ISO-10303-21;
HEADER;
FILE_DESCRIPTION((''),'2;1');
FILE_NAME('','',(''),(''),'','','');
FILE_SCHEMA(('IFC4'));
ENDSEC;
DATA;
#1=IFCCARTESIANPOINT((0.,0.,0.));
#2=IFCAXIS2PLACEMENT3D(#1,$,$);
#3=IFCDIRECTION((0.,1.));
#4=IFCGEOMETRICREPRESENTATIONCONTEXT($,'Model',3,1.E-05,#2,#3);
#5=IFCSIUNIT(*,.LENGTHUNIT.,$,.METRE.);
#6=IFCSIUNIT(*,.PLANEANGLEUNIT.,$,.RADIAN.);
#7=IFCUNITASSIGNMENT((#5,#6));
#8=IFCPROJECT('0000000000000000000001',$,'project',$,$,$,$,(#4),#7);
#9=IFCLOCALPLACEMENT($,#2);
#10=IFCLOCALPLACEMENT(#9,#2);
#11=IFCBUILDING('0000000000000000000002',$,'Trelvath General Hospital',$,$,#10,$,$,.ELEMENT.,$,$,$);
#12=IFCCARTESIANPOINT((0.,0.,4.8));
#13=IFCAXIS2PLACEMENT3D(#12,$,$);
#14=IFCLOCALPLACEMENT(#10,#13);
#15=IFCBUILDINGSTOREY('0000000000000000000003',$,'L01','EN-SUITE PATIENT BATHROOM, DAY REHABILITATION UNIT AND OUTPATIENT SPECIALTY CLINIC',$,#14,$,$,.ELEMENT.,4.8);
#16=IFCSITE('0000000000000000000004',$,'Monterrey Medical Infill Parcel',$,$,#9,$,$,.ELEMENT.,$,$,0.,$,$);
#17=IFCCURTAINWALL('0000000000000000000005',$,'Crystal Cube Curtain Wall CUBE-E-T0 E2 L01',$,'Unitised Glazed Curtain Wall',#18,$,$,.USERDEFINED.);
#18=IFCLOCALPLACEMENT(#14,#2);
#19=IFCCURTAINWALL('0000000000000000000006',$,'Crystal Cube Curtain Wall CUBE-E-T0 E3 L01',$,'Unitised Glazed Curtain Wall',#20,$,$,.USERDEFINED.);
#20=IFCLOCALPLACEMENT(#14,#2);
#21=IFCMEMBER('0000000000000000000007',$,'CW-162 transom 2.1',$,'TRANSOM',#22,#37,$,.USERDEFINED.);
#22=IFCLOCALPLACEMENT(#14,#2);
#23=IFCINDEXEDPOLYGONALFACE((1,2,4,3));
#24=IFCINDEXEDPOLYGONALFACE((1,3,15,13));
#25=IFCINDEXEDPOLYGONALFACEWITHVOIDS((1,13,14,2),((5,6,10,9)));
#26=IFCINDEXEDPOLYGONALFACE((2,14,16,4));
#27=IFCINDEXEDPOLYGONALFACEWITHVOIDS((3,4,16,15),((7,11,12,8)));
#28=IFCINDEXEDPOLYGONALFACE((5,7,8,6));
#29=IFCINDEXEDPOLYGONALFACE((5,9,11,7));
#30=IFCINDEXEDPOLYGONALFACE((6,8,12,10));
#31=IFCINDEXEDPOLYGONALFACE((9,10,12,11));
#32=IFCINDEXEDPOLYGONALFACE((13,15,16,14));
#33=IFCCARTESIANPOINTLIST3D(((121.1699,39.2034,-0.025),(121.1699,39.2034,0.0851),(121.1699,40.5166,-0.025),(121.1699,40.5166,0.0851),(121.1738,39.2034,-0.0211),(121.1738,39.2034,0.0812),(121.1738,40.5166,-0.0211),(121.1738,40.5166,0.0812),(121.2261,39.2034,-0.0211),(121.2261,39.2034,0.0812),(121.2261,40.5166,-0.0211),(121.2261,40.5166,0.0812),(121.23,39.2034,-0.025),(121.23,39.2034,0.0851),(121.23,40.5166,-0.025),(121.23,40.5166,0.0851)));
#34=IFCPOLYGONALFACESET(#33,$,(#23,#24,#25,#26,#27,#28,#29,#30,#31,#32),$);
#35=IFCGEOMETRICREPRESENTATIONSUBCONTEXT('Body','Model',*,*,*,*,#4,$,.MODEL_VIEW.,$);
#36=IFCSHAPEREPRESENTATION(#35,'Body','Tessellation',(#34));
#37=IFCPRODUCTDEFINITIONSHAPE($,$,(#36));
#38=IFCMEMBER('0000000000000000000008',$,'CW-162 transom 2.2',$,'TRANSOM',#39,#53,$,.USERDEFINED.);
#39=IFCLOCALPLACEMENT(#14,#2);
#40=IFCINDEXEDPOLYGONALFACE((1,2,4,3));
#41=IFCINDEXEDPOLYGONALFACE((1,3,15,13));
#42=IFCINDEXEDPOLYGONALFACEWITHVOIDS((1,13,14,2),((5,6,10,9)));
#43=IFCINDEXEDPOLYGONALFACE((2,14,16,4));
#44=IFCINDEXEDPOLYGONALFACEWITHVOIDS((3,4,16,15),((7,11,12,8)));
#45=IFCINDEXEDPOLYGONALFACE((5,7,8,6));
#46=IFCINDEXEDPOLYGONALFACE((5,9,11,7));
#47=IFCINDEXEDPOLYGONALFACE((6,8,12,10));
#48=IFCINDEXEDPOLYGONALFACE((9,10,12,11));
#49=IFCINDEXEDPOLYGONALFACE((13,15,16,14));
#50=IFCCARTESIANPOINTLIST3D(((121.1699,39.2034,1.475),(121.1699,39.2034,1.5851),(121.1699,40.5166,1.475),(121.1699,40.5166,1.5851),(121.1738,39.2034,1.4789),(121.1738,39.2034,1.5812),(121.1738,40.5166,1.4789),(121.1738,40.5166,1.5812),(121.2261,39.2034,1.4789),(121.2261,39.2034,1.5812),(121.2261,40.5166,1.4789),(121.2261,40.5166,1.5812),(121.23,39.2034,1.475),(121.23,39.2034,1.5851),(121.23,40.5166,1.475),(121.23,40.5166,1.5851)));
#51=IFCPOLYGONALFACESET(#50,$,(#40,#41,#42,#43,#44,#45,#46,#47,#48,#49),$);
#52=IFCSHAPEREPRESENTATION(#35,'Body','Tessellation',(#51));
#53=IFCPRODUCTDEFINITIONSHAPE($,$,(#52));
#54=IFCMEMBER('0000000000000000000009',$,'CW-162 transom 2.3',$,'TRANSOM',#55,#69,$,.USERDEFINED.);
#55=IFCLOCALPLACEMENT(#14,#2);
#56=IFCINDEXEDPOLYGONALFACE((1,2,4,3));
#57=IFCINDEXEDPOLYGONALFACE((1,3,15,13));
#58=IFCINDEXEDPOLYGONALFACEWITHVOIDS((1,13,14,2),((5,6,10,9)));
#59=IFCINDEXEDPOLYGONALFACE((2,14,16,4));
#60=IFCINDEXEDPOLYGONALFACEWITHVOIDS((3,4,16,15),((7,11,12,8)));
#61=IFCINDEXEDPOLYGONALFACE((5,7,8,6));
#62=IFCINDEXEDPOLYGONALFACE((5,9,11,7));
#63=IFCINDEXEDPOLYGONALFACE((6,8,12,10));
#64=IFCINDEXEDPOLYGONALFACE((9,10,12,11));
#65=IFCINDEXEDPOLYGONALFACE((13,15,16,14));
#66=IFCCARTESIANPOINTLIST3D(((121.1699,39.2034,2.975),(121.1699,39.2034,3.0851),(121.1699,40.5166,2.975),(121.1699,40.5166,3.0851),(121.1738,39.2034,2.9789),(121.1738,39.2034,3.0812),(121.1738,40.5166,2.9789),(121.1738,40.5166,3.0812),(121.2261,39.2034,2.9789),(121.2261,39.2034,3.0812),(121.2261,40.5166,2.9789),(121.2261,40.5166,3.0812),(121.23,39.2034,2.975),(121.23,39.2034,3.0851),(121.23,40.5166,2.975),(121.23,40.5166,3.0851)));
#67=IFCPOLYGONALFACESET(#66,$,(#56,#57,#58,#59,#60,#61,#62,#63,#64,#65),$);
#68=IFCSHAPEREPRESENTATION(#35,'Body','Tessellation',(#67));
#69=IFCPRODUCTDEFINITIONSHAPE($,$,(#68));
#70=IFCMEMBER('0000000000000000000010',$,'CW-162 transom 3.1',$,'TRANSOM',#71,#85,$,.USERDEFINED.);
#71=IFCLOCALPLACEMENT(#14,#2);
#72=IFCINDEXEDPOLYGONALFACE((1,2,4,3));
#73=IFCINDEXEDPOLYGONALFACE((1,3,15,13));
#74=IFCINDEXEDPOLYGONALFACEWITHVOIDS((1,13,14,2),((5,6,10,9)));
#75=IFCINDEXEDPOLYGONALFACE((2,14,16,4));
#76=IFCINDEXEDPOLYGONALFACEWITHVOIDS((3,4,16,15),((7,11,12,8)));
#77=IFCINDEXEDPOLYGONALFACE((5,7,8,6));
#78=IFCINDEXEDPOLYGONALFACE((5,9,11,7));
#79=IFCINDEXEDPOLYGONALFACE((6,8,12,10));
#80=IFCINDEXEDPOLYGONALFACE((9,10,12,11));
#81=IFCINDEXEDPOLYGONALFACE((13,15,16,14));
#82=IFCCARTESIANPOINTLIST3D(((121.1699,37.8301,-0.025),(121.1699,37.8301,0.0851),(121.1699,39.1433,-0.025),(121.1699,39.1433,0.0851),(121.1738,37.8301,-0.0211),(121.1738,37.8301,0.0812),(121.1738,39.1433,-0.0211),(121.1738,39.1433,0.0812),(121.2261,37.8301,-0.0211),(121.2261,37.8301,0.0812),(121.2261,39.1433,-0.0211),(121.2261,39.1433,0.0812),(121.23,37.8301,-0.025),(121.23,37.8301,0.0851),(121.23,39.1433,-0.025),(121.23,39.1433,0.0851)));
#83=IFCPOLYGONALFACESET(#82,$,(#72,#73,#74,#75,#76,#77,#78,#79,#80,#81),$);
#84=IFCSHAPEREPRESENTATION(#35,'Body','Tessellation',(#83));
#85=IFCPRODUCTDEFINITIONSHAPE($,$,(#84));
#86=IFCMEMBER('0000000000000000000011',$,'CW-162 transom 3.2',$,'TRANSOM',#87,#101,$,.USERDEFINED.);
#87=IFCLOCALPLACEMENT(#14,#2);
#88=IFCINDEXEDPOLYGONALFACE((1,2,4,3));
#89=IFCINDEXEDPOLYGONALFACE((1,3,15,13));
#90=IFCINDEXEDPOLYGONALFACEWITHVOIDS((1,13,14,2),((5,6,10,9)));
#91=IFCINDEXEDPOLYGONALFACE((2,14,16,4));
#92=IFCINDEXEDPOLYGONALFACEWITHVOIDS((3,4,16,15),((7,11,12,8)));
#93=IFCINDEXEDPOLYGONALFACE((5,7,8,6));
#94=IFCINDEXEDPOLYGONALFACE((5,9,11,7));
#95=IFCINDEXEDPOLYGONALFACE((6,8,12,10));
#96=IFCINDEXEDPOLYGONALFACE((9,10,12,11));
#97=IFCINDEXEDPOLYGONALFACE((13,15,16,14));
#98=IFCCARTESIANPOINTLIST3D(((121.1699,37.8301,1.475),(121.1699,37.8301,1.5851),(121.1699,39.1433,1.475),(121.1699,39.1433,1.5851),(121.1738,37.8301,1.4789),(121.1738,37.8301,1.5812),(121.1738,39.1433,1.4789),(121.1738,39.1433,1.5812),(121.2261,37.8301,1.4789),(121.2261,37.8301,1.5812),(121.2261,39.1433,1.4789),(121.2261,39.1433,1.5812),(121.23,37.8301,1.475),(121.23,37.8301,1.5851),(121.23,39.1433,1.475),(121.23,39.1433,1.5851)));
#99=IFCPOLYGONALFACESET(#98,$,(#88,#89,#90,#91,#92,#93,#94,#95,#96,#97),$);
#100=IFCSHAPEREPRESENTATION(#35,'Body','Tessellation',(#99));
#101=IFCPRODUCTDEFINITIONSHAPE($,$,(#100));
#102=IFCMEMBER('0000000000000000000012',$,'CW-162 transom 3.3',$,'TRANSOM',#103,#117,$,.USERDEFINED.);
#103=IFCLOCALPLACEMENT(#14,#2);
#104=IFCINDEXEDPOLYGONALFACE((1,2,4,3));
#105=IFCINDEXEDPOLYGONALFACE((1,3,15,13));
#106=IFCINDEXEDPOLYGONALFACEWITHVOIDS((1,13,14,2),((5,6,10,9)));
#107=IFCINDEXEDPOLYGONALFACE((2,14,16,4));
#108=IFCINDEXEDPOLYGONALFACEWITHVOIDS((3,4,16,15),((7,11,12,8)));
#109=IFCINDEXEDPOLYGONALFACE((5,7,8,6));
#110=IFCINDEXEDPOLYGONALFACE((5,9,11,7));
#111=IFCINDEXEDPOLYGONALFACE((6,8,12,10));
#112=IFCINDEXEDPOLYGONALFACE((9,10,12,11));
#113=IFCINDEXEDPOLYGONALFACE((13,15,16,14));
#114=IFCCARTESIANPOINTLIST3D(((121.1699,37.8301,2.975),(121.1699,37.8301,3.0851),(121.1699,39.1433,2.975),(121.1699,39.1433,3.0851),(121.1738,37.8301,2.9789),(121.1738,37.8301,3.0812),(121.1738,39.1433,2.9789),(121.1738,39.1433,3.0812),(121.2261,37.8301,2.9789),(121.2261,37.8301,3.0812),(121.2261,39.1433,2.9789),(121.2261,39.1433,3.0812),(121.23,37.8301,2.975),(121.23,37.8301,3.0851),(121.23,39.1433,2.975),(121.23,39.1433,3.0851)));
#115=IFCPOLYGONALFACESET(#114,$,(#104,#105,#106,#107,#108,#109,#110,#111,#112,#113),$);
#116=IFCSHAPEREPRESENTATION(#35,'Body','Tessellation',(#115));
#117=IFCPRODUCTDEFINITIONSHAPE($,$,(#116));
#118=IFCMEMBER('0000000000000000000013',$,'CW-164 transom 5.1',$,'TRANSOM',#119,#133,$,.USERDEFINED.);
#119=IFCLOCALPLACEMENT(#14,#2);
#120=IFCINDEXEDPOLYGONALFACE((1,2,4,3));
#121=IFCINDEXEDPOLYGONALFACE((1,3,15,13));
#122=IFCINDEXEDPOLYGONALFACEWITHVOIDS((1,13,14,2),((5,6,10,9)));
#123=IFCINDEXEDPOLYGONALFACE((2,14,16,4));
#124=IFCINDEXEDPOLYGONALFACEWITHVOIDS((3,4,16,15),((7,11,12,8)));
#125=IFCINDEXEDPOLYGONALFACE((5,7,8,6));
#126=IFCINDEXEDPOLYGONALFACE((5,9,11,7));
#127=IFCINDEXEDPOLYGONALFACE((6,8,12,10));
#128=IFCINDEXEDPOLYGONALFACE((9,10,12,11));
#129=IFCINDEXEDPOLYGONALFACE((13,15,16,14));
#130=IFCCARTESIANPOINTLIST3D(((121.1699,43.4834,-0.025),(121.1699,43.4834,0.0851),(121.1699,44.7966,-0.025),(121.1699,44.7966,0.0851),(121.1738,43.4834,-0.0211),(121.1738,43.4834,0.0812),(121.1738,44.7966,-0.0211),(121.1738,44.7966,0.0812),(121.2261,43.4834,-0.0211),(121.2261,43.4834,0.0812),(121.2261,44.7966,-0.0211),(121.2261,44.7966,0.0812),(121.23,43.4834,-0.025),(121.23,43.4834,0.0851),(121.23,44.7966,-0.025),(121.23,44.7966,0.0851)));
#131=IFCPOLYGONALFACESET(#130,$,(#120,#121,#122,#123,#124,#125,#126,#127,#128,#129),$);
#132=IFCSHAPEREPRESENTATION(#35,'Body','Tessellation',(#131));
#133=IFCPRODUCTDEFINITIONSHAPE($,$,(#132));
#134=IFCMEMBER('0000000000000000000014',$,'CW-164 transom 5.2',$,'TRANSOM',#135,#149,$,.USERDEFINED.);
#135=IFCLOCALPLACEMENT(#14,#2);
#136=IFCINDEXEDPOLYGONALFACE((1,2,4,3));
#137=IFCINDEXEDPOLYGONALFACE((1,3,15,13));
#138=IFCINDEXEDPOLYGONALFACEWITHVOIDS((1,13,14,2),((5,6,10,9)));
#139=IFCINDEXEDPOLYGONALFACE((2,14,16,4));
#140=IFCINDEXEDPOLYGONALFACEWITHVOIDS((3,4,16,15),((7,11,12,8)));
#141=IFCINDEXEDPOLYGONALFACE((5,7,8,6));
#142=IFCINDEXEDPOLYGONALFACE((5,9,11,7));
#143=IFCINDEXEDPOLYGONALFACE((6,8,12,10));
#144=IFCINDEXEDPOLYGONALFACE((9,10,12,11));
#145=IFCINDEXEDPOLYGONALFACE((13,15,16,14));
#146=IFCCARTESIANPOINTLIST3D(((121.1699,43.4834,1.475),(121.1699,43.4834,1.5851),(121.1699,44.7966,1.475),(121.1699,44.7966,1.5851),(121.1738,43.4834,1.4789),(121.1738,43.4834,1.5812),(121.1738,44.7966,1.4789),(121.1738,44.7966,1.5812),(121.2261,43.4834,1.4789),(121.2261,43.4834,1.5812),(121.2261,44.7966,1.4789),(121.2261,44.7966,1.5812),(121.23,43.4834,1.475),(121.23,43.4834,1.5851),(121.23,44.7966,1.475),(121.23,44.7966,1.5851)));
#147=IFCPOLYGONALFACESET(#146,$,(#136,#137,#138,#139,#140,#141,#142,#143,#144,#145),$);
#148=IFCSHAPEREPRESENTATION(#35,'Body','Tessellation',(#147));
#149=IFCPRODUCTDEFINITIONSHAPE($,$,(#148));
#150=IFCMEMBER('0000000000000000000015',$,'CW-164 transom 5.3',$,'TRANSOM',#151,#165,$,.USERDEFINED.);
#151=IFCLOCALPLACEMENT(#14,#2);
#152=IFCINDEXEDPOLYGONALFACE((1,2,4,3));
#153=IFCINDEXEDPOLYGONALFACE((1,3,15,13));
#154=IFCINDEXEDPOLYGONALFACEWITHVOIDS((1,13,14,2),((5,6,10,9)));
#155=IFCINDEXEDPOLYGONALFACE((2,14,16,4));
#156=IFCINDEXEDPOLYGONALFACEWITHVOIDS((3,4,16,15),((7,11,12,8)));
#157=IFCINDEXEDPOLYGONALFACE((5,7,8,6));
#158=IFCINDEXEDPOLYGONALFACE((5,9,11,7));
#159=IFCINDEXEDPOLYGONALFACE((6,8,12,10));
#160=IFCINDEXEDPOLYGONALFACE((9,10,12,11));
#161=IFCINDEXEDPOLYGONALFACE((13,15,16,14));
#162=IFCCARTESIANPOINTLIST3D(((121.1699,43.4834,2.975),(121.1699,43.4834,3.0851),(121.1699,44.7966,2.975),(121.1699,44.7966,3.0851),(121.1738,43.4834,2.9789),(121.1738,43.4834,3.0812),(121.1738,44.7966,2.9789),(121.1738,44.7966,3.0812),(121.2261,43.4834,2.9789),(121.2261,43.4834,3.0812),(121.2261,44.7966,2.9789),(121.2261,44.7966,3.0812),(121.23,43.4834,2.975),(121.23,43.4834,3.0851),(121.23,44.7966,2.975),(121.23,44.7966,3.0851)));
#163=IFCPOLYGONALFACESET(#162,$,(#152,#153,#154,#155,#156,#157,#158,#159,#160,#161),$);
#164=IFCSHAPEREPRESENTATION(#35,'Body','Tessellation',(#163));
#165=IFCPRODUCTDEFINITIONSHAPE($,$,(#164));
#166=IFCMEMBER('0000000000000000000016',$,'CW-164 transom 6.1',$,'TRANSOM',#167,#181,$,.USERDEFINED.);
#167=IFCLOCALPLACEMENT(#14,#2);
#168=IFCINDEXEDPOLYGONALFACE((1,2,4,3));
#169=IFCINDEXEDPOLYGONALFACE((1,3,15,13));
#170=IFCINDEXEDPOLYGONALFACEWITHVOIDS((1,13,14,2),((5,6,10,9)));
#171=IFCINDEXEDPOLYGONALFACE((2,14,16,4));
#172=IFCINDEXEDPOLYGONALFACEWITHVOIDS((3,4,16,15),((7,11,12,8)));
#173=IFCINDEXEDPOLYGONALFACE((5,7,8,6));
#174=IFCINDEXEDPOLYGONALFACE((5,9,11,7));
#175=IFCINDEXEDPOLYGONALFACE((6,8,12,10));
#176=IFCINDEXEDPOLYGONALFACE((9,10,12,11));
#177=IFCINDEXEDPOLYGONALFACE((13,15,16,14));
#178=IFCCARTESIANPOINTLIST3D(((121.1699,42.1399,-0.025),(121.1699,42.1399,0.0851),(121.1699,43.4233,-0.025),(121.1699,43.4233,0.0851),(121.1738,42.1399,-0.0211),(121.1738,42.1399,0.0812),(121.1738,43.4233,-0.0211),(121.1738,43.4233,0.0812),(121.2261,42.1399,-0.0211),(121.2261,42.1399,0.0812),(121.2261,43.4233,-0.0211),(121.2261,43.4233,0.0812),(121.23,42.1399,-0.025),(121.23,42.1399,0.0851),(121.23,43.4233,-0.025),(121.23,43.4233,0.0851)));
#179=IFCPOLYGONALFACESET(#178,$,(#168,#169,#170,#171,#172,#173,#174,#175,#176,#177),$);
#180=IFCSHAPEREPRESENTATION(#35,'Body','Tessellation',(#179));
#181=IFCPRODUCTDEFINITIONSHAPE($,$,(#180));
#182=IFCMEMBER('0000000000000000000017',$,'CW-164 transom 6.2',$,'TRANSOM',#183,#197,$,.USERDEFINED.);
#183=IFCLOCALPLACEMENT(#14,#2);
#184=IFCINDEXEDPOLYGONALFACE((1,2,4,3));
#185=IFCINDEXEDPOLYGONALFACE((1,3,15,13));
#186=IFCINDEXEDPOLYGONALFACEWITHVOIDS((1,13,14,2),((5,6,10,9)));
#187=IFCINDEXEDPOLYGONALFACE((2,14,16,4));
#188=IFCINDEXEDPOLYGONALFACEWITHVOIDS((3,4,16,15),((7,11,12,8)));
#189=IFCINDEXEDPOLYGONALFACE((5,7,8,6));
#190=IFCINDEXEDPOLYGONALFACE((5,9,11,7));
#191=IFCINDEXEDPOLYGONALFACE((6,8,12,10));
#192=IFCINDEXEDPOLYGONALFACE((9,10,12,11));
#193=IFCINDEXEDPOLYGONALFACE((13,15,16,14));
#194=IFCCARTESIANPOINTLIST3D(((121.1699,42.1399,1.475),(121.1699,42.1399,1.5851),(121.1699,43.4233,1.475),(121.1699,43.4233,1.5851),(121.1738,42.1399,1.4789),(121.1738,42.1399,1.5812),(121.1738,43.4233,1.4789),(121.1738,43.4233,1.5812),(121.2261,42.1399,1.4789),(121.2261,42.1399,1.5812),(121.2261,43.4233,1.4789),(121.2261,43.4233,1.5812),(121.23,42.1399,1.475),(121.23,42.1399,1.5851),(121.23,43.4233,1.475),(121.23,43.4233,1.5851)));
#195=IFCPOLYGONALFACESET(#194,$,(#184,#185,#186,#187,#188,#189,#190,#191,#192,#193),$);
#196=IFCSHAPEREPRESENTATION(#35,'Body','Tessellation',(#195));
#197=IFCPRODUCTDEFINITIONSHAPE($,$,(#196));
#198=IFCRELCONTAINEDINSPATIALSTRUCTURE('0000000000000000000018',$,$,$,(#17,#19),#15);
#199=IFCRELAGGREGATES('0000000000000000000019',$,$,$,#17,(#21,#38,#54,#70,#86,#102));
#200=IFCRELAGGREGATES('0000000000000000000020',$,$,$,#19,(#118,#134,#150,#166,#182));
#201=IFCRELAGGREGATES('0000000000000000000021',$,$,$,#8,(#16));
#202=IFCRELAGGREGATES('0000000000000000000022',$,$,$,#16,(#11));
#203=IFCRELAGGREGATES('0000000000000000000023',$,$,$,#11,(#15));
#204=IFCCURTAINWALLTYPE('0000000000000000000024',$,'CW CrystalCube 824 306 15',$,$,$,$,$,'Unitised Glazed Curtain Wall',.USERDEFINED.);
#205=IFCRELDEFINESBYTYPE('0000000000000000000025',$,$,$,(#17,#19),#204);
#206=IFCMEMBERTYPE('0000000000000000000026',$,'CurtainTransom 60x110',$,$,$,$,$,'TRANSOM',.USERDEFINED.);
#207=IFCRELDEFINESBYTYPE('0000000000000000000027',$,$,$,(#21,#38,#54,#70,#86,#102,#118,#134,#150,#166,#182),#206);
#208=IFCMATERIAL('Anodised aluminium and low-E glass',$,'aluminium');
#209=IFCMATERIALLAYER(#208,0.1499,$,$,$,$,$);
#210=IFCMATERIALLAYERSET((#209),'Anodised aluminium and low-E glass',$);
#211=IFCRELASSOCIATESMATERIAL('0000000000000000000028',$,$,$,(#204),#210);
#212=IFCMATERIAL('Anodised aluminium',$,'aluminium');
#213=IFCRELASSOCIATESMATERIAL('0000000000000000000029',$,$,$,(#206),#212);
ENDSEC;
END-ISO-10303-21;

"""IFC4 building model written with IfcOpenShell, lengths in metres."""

from ifc_helpers import new_model, si_unit, direction, frame, origin, origin_2d, place, context, subcontext, project, spatial, hollow_rectangle, extrude, material, layer, layer_set, material_profile, profile_set, type_object, element, aggregate, save


model = new_model("IFC4")

# Units and contexts
model_context = context("Model", 3, precision=1e-05, world=origin(), true_north=direction((0.0, 1.0)))
body_context = subcontext(model_context, "Body", "Model", "MODEL_VIEW")
ifc_project = project(units=[si_unit("LENGTHUNIT", "METRE"), si_unit("PLANEANGLEUNIT", "RADIAN")], contexts=[model_context])

# Site, building, storey
site_placement = place(None, origin())
site = spatial("IfcSite", under=ifc_project, at=site_placement, Name="Monterrey Medical Infill Parcel", CompositionType="ELEMENT", RefElevation=0.0)
building_placement = place(site_placement, origin())
building = spatial("IfcBuilding", under=site, at=building_placement, Name="Trelvath General Hospital", CompositionType="ELEMENT")
storey_placement = place(building_placement, frame((0.0, 0.0, 4.8)))
storey = spatial("IfcBuildingStorey", under=building, at=storey_placement, Name="L01", Description="EN-SUITE PATIENT BATHROOM, DAY REHABILITATION UNIT AND OUTPATIENT SPECIALTY CLINIC", CompositionType="ELEMENT", Elevation=4.8)

# Curtain walls
ifc_material_1 = material(Name="Anodised aluminium and low-E glass", Category="aluminium")
ifc_layer_1 = layer(ifc_material_1, 0.1499)
ifc_layer_set_1 = layer_set([ifc_layer_1], Name="Anodised aluminium and low-E glass")
curtain_wall_type = type_object("IfcCurtainWallType", Name="CW CrystalCube 824 306 15", ElementType="Unitised Glazed Curtain Wall", PredefinedType="USERDEFINED", material=ifc_layer_set_1)
curtain_wall_1_placement = place(storey_placement, origin())
curtain_wall_1 = element("IfcCurtainWall", 1, at=curtain_wall_1_placement, inside=storey, type_object=curtain_wall_type, Name="Crystal Cube Curtain Wall CUBE-E-T0 E2 L01", ObjectType="Unitised Glazed Curtain Wall", PredefinedType="USERDEFINED")
curtain_wall_2_placement = place(storey_placement, origin())
curtain_wall_2 = element("IfcCurtainWall", 2, at=curtain_wall_2_placement, inside=storey, type_object=curtain_wall_type, Name="Crystal Cube Curtain Wall CUBE-E-T0 E3 L01", ObjectType="Unitised Glazed Curtain Wall", PredefinedType="USERDEFINED")

# Members
ifc_material_2 = material(Name="Anodised aluminium", Category="aluminium")
ifc_material_profile_1 = material_profile(ifc_material_2, hollow_rectangle(XDim=0.0601, YDim=0.1101, WallThickness=0.0039, at=origin_2d()), Name="RHS60x110x4")
ifc_profile_set_1 = profile_set([ifc_material_profile_1], Name="Anodised aluminium")
member_type_1 = type_object("IfcMemberType", Name="CurtainTransom 60x110", ElementType="TRANSOM", PredefinedType="USERDEFINED", material=ifc_profile_set_1)
member_1_placement = place(storey_placement, frame((121.2, 40.5166, 0.03), z_axis=(0.0, -1.0, 0.0), x_axis=(1.0, 0.0, 0.0)))
member_1 = element("IfcMember", 3, at=member_1_placement, type_object=member_type_1, Name="CW-162 transom 2.1", ObjectType="TRANSOM", PredefinedType="USERDEFINED", context=body_context, shape_type="SweptSolid", body=[
    extrude(hollow_rectangle(XDim=0.0601, YDim=0.1101, WallThickness=0.0039, at=origin_2d()), origin(), (0.0, 0.0, 1.0), 1.3132),
])
member_2_placement = place(storey_placement, frame((121.2, 40.5166, 1.53), z_axis=(0.0, -1.0, 0.0), x_axis=(1.0, 0.0, 0.0)))
member_2 = element("IfcMember", 4, at=member_2_placement, type_object=member_type_1, Name="CW-162 transom 2.2", ObjectType="TRANSOM", PredefinedType="USERDEFINED", context=body_context, shape_type="SweptSolid", body=[
    extrude(hollow_rectangle(XDim=0.0601, YDim=0.1101, WallThickness=0.0039, at=origin_2d()), origin(), (0.0, 0.0, 1.0), 1.3132),
])
member_3_placement = place(storey_placement, frame((121.2, 40.5166, 3.03), z_axis=(0.0, -1.0, 0.0), x_axis=(1.0, 0.0, 0.0)))
member_3 = element("IfcMember", 5, at=member_3_placement, type_object=member_type_1, Name="CW-162 transom 2.3", ObjectType="TRANSOM", PredefinedType="USERDEFINED", context=body_context, shape_type="SweptSolid", body=[
    extrude(hollow_rectangle(XDim=0.0601, YDim=0.1101, WallThickness=0.0039, at=origin_2d()), origin(), (0.0, 0.0, 1.0), 1.3132),
])
member_4_placement = place(storey_placement, frame((121.2, 39.1433, 0.03), z_axis=(0.0, -1.0, 0.0), x_axis=(1.0, 0.0, 0.0)))
member_4 = element("IfcMember", 6, at=member_4_placement, type_object=member_type_1, Name="CW-162 transom 3.1", ObjectType="TRANSOM", PredefinedType="USERDEFINED", context=body_context, shape_type="SweptSolid", body=[
    extrude(hollow_rectangle(XDim=0.0601, YDim=0.1101, WallThickness=0.0039, at=origin_2d()), origin(), (0.0, 0.0, 1.0), 1.3132),
])
member_5_placement = place(storey_placement, frame((121.2, 39.1433, 1.53), z_axis=(0.0, -1.0, 0.0), x_axis=(1.0, 0.0, 0.0)))
member_5 = element("IfcMember", 7, at=member_5_placement, type_object=member_type_1, Name="CW-162 transom 3.2", ObjectType="TRANSOM", PredefinedType="USERDEFINED", context=body_context, shape_type="SweptSolid", body=[
    extrude(hollow_rectangle(XDim=0.0601, YDim=0.1101, WallThickness=0.0039, at=origin_2d()), origin(), (0.0, 0.0, 1.0), 1.3132),
])
member_6_placement = place(storey_placement, frame((121.2, 39.1433, 3.03), z_axis=(0.0, -1.0, 0.0), x_axis=(1.0, 0.0, 0.0)))
member_6 = element("IfcMember", 8, at=member_6_placement, type_object=member_type_1, Name="CW-162 transom 3.3", ObjectType="TRANSOM", PredefinedType="USERDEFINED", context=body_context, shape_type="SweptSolid", body=[
    extrude(hollow_rectangle(XDim=0.0601, YDim=0.1101, WallThickness=0.0039, at=origin_2d()), origin(), (0.0, 0.0, 1.0), 1.3132),
])
member_7_placement = place(storey_placement, frame((121.2, 44.7966, 0.03), z_axis=(0.0, -1.0, 0.0), x_axis=(1.0, 0.0, 0.0)))
member_7 = element("IfcMember", 9, at=member_7_placement, type_object=member_type_1, Name="CW-164 transom 5.1", ObjectType="TRANSOM", PredefinedType="USERDEFINED", context=body_context, shape_type="SweptSolid", body=[
    extrude(hollow_rectangle(XDim=0.0601, YDim=0.1101, WallThickness=0.0039, at=origin_2d()), origin(), (0.0, 0.0, 1.0), 1.3132),
])
member_8_placement = place(storey_placement, frame((121.2, 44.7966, 1.53), z_axis=(0.0, -1.0, 0.0), x_axis=(1.0, 0.0, 0.0)))
member_8 = element("IfcMember", 10, at=member_8_placement, type_object=member_type_1, Name="CW-164 transom 5.2", ObjectType="TRANSOM", PredefinedType="USERDEFINED", context=body_context, shape_type="SweptSolid", body=[
    extrude(hollow_rectangle(XDim=0.0601, YDim=0.1101, WallThickness=0.0039, at=origin_2d()), origin(), (0.0, 0.0, 1.0), 1.3132),
])
member_9_placement = place(storey_placement, frame((121.2, 44.7966, 3.03), z_axis=(0.0, -1.0, 0.0), x_axis=(1.0, 0.0, 0.0)))
member_9 = element("IfcMember", 11, at=member_9_placement, type_object=member_type_1, Name="CW-164 transom 5.3", ObjectType="TRANSOM", PredefinedType="USERDEFINED", context=body_context, shape_type="SweptSolid", body=[
    extrude(hollow_rectangle(XDim=0.0601, YDim=0.1101, WallThickness=0.0039, at=origin_2d()), origin(), (0.0, 0.0, 1.0), 1.3132),
])
member_10_placement = place(storey_placement, frame((121.2, 43.4233, 0.03), z_axis=(0.0, -1.0, 0.0), x_axis=(1.0, 0.0, 0.0)))
member_10 = element("IfcMember", 12, at=member_10_placement, type_object=member_type_1, Name="CW-164 transom 6.1", ObjectType="TRANSOM", PredefinedType="USERDEFINED", context=body_context, shape_type="SweptSolid", body=[
    extrude(hollow_rectangle(XDim=0.0601, YDim=0.1101, WallThickness=0.0039, at=origin_2d()), origin(), (0.0, 0.0, 1.0), 1.2834),
])
member_11_placement = place(storey_placement, frame((121.2, 43.4233, 1.53), z_axis=(0.0, -1.0, 0.0), x_axis=(1.0, 0.0, 0.0)))
member_11 = element("IfcMember", 13, at=member_11_placement, type_object=member_type_1, Name="CW-164 transom 6.2", ObjectType="TRANSOM", PredefinedType="USERDEFINED", context=body_context, shape_type="SweptSolid", body=[
    extrude(hollow_rectangle(XDim=0.0601, YDim=0.1101, WallThickness=0.0039, at=origin_2d()), origin(), (0.0, 0.0, 1.0), 1.2834),
])

aggregate(curtain_wall_1, [member_1, member_2, member_3, member_4, member_5, member_6])
aggregate(curtain_wall_2, [member_7, member_8, member_9, member_10, member_11])

save(model, "model.ifc")
